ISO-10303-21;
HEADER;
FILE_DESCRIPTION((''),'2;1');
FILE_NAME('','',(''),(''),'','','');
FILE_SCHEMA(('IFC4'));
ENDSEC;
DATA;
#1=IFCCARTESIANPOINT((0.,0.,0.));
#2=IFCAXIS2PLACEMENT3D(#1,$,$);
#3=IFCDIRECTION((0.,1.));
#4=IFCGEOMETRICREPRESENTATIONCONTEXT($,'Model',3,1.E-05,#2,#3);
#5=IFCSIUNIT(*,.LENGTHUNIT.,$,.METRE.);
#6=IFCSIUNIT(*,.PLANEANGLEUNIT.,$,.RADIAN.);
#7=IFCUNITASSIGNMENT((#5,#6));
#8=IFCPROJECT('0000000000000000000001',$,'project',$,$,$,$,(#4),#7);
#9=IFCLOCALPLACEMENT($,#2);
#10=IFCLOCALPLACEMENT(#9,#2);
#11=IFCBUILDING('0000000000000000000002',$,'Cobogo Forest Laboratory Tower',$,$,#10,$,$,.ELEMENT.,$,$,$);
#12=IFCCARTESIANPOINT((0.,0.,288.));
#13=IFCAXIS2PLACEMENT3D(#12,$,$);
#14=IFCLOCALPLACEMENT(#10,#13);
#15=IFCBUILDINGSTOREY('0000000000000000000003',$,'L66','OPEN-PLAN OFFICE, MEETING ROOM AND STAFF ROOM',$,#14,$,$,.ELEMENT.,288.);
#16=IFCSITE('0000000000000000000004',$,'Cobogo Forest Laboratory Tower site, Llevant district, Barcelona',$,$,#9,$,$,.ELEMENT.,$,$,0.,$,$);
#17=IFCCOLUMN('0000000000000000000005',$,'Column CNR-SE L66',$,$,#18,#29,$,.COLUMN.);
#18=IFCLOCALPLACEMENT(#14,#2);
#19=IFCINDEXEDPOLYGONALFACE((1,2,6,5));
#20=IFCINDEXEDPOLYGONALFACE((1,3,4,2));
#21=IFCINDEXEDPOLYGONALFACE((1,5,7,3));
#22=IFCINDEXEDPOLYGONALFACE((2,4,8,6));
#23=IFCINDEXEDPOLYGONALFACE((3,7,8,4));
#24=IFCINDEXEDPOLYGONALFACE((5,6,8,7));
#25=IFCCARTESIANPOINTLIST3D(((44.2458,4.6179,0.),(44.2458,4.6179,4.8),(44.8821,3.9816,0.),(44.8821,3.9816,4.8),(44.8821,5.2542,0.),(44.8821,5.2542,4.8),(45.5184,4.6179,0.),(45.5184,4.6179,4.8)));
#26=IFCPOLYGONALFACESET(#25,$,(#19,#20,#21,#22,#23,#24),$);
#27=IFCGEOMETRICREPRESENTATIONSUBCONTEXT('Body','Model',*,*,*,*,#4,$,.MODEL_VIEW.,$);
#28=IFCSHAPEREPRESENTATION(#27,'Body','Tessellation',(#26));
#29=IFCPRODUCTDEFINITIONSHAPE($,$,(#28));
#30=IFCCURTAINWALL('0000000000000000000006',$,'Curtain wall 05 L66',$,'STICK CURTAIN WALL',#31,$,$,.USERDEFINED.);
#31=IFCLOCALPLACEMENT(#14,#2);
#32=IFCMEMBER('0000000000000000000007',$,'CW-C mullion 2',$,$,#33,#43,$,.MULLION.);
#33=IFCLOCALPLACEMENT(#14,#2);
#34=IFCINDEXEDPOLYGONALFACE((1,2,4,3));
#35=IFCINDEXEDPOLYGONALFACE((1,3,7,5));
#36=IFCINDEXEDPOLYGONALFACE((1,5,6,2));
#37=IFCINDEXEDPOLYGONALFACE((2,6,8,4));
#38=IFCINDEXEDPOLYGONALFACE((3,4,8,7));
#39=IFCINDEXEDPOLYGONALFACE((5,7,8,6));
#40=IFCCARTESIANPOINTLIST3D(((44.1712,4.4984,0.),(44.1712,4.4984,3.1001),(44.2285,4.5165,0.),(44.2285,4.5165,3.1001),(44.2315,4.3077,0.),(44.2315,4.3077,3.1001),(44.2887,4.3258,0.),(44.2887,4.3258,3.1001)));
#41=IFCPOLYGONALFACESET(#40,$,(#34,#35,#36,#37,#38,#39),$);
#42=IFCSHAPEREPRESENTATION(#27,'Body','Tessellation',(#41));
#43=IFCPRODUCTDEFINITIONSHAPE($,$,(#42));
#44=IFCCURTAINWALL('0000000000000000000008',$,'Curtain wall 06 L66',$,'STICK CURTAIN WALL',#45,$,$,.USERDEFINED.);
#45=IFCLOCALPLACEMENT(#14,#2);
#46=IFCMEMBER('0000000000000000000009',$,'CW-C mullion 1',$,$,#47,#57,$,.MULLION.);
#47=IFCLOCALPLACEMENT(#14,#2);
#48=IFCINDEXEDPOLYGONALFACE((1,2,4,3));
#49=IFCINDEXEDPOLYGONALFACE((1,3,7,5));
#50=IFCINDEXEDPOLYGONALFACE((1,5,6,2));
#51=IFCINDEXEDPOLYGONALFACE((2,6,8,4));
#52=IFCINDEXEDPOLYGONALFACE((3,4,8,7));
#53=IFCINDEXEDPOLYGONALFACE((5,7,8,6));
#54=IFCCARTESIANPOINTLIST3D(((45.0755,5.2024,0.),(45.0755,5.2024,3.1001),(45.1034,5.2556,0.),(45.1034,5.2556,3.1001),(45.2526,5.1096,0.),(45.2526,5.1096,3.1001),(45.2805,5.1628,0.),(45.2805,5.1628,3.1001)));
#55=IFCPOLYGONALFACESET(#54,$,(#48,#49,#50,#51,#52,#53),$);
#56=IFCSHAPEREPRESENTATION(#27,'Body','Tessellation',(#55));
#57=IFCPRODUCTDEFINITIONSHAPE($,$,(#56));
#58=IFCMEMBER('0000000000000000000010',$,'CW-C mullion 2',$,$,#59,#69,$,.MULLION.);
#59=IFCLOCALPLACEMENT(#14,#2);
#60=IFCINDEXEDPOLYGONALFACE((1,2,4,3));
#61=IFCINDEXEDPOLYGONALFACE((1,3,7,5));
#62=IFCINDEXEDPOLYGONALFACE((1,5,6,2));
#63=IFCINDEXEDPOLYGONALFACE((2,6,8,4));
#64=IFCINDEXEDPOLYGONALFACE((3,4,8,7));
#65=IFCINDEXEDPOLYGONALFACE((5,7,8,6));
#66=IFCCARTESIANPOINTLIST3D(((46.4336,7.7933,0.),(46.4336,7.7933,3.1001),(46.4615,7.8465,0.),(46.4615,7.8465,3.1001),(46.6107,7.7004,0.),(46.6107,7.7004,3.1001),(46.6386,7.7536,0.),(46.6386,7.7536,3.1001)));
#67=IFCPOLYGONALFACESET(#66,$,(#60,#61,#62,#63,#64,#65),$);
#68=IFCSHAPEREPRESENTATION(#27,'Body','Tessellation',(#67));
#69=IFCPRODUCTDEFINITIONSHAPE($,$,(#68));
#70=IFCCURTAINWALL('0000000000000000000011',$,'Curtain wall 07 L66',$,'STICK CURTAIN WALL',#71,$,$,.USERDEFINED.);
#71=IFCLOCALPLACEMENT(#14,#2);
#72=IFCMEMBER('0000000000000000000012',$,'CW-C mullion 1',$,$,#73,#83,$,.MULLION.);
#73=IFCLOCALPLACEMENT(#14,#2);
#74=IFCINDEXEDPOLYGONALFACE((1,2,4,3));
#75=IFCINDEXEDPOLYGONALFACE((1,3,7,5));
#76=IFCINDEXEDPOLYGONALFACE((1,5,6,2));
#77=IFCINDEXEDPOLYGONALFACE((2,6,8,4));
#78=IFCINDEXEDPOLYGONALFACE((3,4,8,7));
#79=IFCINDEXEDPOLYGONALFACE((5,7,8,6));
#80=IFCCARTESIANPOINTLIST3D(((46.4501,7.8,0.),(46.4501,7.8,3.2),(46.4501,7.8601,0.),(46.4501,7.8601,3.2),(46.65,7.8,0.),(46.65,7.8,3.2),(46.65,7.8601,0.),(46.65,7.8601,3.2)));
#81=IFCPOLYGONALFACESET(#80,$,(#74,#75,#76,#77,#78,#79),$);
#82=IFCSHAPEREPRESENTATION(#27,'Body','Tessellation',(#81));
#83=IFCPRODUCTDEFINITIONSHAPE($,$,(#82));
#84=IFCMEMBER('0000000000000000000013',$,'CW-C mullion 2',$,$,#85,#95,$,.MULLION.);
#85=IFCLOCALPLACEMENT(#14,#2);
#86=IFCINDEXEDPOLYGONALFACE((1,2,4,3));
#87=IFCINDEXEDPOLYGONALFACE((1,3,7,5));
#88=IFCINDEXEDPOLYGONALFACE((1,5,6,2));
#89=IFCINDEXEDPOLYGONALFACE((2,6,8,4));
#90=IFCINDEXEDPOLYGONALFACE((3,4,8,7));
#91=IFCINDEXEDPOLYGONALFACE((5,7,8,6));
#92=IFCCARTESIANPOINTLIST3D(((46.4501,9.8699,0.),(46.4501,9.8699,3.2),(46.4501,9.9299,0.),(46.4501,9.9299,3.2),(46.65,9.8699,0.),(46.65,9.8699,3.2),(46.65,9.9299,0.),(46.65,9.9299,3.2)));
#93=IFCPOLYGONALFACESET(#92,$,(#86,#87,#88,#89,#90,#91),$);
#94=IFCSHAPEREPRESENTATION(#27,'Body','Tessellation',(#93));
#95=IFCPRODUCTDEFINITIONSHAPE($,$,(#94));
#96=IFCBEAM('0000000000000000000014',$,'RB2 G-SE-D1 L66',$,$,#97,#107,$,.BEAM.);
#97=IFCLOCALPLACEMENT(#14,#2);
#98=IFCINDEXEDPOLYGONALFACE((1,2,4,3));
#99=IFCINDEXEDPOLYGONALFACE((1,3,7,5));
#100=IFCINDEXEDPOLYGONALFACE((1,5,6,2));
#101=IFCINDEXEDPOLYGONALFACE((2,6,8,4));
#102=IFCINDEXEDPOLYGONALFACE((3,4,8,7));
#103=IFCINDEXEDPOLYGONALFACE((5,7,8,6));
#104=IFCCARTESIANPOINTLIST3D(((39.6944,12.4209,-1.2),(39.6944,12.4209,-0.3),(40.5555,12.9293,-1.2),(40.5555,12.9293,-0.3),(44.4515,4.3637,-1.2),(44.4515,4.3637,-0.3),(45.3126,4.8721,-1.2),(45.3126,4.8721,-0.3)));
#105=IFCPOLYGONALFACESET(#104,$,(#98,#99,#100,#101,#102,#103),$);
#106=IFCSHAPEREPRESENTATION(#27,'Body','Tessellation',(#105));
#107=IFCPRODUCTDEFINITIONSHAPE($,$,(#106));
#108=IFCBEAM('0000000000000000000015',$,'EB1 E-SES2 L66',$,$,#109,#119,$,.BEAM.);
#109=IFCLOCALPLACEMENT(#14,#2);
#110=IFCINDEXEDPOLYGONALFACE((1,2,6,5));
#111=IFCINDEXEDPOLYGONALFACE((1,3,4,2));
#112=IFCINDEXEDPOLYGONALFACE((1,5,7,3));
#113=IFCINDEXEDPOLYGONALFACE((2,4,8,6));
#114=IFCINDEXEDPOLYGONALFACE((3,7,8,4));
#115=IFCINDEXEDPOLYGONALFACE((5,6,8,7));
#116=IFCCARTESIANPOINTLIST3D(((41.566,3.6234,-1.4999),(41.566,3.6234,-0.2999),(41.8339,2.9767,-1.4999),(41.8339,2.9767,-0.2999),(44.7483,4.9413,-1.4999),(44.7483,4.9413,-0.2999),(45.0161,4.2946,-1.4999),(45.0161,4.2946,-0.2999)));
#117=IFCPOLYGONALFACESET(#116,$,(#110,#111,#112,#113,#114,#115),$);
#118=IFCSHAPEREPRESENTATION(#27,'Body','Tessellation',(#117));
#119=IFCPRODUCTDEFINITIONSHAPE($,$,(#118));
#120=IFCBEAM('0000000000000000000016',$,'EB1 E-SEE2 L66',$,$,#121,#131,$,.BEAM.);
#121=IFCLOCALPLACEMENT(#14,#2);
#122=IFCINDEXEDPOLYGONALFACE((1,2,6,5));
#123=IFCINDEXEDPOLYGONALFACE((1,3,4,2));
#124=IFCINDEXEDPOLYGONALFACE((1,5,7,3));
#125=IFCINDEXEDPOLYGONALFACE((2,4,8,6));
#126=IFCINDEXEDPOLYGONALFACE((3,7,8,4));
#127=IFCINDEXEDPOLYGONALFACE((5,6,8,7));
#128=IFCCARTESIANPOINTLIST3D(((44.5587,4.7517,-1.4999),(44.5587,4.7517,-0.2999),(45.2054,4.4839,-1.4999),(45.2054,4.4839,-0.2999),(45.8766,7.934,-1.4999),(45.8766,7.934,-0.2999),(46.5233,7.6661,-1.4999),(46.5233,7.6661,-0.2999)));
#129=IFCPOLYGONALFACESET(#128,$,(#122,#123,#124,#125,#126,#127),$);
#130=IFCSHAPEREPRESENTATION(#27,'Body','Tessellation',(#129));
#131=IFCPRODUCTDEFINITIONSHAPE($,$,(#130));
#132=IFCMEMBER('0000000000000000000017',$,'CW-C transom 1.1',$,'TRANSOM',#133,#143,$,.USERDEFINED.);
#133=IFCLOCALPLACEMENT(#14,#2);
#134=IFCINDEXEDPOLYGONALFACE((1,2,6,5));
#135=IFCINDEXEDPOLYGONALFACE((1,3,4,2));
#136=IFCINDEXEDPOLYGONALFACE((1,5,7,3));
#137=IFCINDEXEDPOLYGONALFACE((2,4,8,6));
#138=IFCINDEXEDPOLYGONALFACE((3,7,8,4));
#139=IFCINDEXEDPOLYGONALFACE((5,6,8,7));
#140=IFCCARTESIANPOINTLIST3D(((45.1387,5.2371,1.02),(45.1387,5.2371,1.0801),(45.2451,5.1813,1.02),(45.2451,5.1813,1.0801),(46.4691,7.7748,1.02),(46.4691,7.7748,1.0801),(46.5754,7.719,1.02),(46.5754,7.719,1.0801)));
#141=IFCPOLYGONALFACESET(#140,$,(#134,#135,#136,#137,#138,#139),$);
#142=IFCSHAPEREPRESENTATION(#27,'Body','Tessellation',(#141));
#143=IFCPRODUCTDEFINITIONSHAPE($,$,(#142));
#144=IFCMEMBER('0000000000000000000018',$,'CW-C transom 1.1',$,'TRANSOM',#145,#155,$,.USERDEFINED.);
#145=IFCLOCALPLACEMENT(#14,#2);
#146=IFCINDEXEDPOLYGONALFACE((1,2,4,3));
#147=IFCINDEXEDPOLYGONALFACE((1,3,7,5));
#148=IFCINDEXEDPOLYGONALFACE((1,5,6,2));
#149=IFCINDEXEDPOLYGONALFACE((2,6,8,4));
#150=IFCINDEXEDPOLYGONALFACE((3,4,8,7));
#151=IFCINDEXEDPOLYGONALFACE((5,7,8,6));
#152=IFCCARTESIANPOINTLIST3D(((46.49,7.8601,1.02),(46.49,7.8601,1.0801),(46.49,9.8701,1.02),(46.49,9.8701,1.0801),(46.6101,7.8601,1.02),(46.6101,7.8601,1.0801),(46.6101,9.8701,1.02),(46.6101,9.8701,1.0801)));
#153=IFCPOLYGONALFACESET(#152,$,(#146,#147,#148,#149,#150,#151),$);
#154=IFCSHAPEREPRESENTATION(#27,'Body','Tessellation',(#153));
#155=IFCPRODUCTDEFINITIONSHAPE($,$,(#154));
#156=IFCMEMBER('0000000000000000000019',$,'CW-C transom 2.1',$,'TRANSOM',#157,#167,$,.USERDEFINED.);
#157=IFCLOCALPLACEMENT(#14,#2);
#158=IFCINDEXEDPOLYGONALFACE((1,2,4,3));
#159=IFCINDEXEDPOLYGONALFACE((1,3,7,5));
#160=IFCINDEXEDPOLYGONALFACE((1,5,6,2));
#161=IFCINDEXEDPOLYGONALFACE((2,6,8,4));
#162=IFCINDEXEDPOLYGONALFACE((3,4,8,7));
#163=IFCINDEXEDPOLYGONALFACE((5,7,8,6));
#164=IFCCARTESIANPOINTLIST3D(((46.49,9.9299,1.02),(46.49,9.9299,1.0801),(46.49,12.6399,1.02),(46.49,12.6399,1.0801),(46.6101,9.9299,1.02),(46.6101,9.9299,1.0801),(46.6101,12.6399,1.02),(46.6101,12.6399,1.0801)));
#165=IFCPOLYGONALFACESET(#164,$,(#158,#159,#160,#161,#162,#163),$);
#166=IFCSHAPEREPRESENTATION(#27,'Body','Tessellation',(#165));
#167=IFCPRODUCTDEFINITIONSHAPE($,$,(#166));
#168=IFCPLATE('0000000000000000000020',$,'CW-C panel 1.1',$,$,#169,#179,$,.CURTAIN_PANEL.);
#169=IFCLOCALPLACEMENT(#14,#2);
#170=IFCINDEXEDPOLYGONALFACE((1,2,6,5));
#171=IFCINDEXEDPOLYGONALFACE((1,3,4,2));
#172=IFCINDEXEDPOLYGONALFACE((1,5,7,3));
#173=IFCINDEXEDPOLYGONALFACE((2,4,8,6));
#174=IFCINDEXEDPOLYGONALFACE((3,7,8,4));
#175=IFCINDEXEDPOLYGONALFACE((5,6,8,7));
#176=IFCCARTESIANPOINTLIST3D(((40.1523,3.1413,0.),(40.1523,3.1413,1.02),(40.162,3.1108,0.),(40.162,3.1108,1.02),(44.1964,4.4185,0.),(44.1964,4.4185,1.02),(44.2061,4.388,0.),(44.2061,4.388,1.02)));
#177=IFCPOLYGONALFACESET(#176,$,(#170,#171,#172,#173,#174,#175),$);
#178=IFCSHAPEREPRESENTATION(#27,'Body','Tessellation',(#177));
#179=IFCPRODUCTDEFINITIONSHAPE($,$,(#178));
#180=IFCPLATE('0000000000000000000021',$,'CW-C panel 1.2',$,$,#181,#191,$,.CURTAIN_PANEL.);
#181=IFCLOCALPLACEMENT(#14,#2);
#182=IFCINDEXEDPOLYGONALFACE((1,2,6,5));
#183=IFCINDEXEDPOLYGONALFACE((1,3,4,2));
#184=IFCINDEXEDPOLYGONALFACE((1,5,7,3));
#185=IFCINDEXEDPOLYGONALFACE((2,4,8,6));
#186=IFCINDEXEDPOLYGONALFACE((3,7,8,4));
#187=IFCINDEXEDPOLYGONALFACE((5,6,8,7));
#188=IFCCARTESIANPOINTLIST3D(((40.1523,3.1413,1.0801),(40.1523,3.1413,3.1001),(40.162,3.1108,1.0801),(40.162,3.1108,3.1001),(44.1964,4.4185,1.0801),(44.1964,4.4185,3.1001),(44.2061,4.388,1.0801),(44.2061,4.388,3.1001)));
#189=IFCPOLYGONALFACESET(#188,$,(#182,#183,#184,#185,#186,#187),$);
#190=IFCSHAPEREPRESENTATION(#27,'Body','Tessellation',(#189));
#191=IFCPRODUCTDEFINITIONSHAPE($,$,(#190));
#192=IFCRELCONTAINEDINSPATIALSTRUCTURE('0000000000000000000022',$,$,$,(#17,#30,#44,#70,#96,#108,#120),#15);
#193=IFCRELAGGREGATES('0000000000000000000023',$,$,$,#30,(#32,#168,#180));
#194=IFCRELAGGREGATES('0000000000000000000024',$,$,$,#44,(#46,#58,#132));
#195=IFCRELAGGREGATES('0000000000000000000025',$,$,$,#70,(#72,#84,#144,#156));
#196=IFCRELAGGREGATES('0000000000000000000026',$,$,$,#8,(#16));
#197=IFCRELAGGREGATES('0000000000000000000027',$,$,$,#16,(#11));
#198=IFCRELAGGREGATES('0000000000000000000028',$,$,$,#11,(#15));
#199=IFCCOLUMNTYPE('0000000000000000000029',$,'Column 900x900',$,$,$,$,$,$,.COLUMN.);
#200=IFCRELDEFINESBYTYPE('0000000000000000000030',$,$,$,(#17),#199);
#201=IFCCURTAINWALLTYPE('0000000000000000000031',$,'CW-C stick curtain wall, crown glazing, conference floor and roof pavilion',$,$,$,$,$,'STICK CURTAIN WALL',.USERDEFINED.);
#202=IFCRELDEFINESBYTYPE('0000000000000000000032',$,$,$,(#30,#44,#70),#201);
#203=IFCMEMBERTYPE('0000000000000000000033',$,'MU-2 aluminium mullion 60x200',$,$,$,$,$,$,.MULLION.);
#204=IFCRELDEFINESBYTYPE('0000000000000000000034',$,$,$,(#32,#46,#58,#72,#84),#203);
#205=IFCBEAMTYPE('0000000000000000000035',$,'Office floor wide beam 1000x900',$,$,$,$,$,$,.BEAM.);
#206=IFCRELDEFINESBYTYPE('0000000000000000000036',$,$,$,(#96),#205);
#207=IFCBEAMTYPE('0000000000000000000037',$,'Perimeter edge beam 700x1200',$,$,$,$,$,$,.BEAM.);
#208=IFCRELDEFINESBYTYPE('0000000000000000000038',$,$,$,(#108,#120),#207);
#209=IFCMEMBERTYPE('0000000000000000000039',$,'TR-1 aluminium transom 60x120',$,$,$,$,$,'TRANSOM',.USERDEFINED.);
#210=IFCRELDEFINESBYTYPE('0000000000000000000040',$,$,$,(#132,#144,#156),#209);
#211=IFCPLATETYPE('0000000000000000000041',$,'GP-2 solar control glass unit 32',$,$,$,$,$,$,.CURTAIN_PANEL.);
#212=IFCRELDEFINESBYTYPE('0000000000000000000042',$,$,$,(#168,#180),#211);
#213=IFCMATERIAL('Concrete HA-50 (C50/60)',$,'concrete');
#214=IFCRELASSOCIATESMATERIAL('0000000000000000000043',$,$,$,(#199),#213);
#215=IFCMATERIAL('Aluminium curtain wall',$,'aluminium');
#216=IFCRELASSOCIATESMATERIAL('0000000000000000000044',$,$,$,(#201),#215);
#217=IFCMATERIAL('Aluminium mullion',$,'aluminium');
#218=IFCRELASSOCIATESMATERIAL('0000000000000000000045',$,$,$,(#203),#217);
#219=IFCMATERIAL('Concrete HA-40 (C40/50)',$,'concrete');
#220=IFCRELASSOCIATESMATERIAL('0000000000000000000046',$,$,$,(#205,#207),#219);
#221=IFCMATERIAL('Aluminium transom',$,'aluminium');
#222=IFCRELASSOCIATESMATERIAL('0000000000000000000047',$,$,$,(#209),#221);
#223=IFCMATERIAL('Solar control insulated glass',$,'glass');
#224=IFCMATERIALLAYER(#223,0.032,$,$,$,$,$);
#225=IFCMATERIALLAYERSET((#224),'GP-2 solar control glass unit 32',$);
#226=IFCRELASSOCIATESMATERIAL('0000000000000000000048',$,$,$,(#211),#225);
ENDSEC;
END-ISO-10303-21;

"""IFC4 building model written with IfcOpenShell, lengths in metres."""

from ifc_helpers import new_model, si_unit, direction, frame, origin, origin_2d, place, context, subcontext, project, spatial, rectangle, extrude, material, layer, layer_set, material_profile, profile_set, type_object, element, aggregate, save


model = new_model("IFC4")

# Units and contexts
model_context = context("Model", 3, precision=1e-05, world=origin(), true_north=direction((0.0, 1.0)))
body_context = subcontext(model_context, "Body", "Model", "MODEL_VIEW")
ifc_project = project(units=[si_unit("LENGTHUNIT", "METRE"), si_unit("PLANEANGLEUNIT", "RADIAN")], contexts=[model_context])

# Site, building, storey
site_placement = place(None, origin())
site = spatial("IfcSite", under=ifc_project, at=site_placement, Name="Cobogo Forest Laboratory Tower site, Llevant district, Barcelona", CompositionType="ELEMENT", RefElevation=0.0)
building_placement = place(site_placement, origin())
building = spatial("IfcBuilding", under=site, at=building_placement, Name="Cobogo Forest Laboratory Tower", CompositionType="ELEMENT")
storey_placement = place(building_placement, frame((0.0, 0.0, 288.0)))
storey = spatial("IfcBuildingStorey", under=building, at=storey_placement, Name="L66", Description="OPEN-PLAN OFFICE, MEETING ROOM AND STAFF ROOM", CompositionType="ELEMENT", Elevation=288.0)

# Column
ifc_material_1 = material(Name="Concrete HA-50 (C50/60)", Category="concrete")
ifc_material_profile_1 = material_profile(ifc_material_1, rectangle(XDim=0.8999, YDim=0.8999, at=origin_2d()), Name="RC 900x900")
ifc_profile_set_1 = profile_set([ifc_material_profile_1], Name="Concrete HA-50 (C50/60)")
column_type = type_object("IfcColumnType", Name="Column 900x900", PredefinedType="COLUMN", material=ifc_profile_set_1)
column_placement = place(storey_placement, frame((44.8821, 4.6179, 0.0), z_axis=(0.0, 0.0, 1.0), x_axis=(0.707107, 0.707107, 0.0)))
element("IfcColumn", 1, at=column_placement, inside=storey, type_object=column_type, Name="Column CNR-SE L66", PredefinedType="COLUMN", context=body_context, shape_type="SweptSolid", body=[
    extrude(rectangle(XDim=0.8999, YDim=0.8999, at=origin_2d()), origin(), (0.0, 0.0, 1.0), 4.8),
])

# Curtain wall, member
ifc_material_2 = material(Name="Aluminium curtain wall", Category="aluminium")
curtain_wall_type = type_object("IfcCurtainWallType", Name="CW-C stick curtain wall, crown glazing, conference floor and roof pavilion", ElementType="STICK CURTAIN WALL", PredefinedType="USERDEFINED", material=ifc_material_2)
curtain_wall_1_placement = place(storey_placement, origin())
curtain_wall_1 = element("IfcCurtainWall", 2, at=curtain_wall_1_placement, inside=storey, type_object=curtain_wall_type, Name="Curtain wall 05 L66", ObjectType="STICK CURTAIN WALL", PredefinedType="USERDEFINED")
ifc_material_3 = material(Name="Aluminium mullion", Category="aluminium")
ifc_material_profile_2 = material_profile(ifc_material_3, rectangle(XDim=0.0601, YDim=0.2, at=origin_2d()), Name="AL 60x200")
ifc_profile_set_2 = profile_set([ifc_material_profile_2], Name="Aluminium mullion")
member_type_1 = type_object("IfcMemberType", Name="MU-2 aluminium mullion 60x200", PredefinedType="MULLION", material=ifc_profile_set_2)
member_1_placement = place(storey_placement, frame((44.23, 4.4121, 0.0), z_axis=(0.0, 0.0, 1.0), x_axis=(0.953581, 0.301135, 0.0)))
member_1 = element("IfcMember", 3, at=member_1_placement, type_object=member_type_1, Name="CW-C mullion 2", PredefinedType="MULLION", context=body_context, shape_type="SweptSolid", body=[
    extrude(rectangle(XDim=0.0601, YDim=0.2, at=origin_2d()), origin(), (0.0, 0.0, 1.0), 3.1001),
])

# Curtain walls, members
curtain_wall_2_placement = place(storey_placement, origin())
curtain_wall_2 = element("IfcCurtainWall", 4, at=curtain_wall_2_placement, inside=storey, type_object=curtain_wall_type, Name="Curtain wall 06 L66", ObjectType="STICK CURTAIN WALL", PredefinedType="USERDEFINED")
member_2_placement = place(storey_placement, frame((45.178, 5.1826, 0.0), z_axis=(0.0, 0.0, 1.0), x_axis=(0.464284, 0.885686, 0.0)))
member_2 = element("IfcMember", 5, at=member_2_placement, type_object=member_type_1, Name="CW-C mullion 1", PredefinedType="MULLION", context=body_context, shape_type="SweptSolid", body=[
    extrude(rectangle(XDim=0.0601, YDim=0.2, at=origin_2d()), origin(), (0.0, 0.0, 1.0), 3.1001),
])
member_3_placement = place(storey_placement, frame((46.5361, 7.7734, 0.0), z_axis=(0.0, 0.0, 1.0), x_axis=(0.464284, 0.885686, 0.0)))
member_3 = element("IfcMember", 6, at=member_3_placement, type_object=member_type_1, Name="CW-C mullion 2", PredefinedType="MULLION", context=body_context, shape_type="SweptSolid", body=[
    extrude(rectangle(XDim=0.0601, YDim=0.2, at=origin_2d()), origin(), (0.0, 0.0, 1.0), 3.1001),
])
curtain_wall_3_placement = place(storey_placement, origin())
curtain_wall_3 = element("IfcCurtainWall", 7, at=curtain_wall_3_placement, inside=storey, type_object=curtain_wall_type, Name="Curtain wall 07 L66", ObjectType="STICK CURTAIN WALL", PredefinedType="USERDEFINED")
member_4_placement = place(storey_placement, frame((46.55, 7.8301, 0.0), z_axis=(0.0, 0.0, 1.0), x_axis=(0.0, 1.0, 0.0)))
member_4 = element("IfcMember", 8, at=member_4_placement, type_object=member_type_1, Name="CW-C mullion 1", PredefinedType="MULLION", context=body_context, shape_type="SweptSolid", body=[
    extrude(rectangle(XDim=0.0601, YDim=0.2, at=origin_2d()), origin(), (0.0, 0.0, 1.0), 3.2),
])
member_5_placement = place(storey_placement, frame((46.55, 9.8999, 0.0), z_axis=(0.0, 0.0, 1.0), x_axis=(0.0, 1.0, 0.0)))
member_5 = element("IfcMember", 9, at=member_5_placement, type_object=member_type_1, Name="CW-C mullion 2", PredefinedType="MULLION", context=body_context, shape_type="SweptSolid", body=[
    extrude(rectangle(XDim=0.0601, YDim=0.2, at=origin_2d()), origin(), (0.0, 0.0, 1.0), 3.2),
])

# Beams
ifc_material_4 = material(Name="Concrete HA-40 (C40/50)", Category="concrete")
ifc_material_profile_3 = material_profile(ifc_material_4, rectangle(XDim=1.0, YDim=0.8999, at=origin_2d()), Name="RC 1000x900")
ifc_profile_set_3 = profile_set([ifc_material_profile_3], Name="Concrete HA-40 (C40/50)")
beam_type_1 = type_object("IfcBeamType", Name="Office floor wide beam 1000x900", PredefinedType="BEAM", material=ifc_profile_set_3)
beam_placement = place(storey_placement, frame((44.8821, 4.6179, -0.75), z_axis=(-0.508416, 0.861111, 0.0), x_axis=(-0.861111, -0.508416, 0.0)))
element("IfcBeam", 10, at=beam_placement, inside=storey, type_object=beam_type_1, Name="RB2 G-SE-D1 L66", PredefinedType="BEAM", context=body_context, shape_type="SweptSolid", body=[
    extrude(rectangle(XDim=1.0, YDim=0.8999, at=origin_2d()), origin(), (0.0, 0.0, 1.0), 9.3567),
])
ifc_material_profile_4 = material_profile(ifc_material_4, rectangle(XDim=0.7, YDim=1.2, at=origin_2d()), Name="RC 700x1200")
ifc_profile_set_4 = profile_set([ifc_material_profile_4], Name="Concrete HA-40 (C40/50)")
beam_type_2 = type_object("IfcBeamType", Name="Perimeter edge beam 700x1200", PredefinedType="BEAM", material=ifc_profile_set_4)
for number, where, z_axis, x_axis, name in (
    (11, (41.7, 3.3, -0.8999), (0.923901, 0.382631, 0.0), (-0.382631, 0.923901, 0.0), "EB1 E-SES2 L66"),
    (12, (46.2, 7.8, -0.8999), (-0.382631, -0.923901, 0.0), (0.923901, -0.382631, 0.0), "EB1 E-SEE2 L66"),
):
    element("IfcBeam", number, at=place(storey_placement, frame(where, z_axis=z_axis, x_axis=x_axis)), inside=storey, type_object=beam_type_2, Name=name, PredefinedType="BEAM", context=body_context, shape_type="SweptSolid", body=[
        extrude(rectangle(XDim=0.7, YDim=1.2, at=origin_2d()), origin(), (0.0, 0.0, 1.0), 3.4443),
    ])

# Members
ifc_material_5 = material(Name="Aluminium transom", Category="aluminium")
ifc_material_profile_5 = material_profile(ifc_material_5, rectangle(XDim=0.1201, YDim=0.0601, at=origin_2d()), Name="AL 60x120")
ifc_profile_set_5 = profile_set([ifc_material_profile_5], Name="Aluminium transom")
member_type_2 = type_object("IfcMemberType", Name="TR-1 aluminium transom 60x120", ElementType="TRANSOM", PredefinedType="USERDEFINED", material=ifc_profile_set_5)
member_6_placement = place(storey_placement, frame((45.1919, 5.2092, 1.05), z_axis=(0.464309, 0.885673, 0.0), x_axis=(-0.885673, 0.464309, 0.0)))
member_6 = element("IfcMember", 13, at=member_6_placement, type_object=member_type_2, Name="CW-C transom 1.1", ObjectType="TRANSOM", PredefinedType="USERDEFINED", context=body_context, shape_type="SweptSolid", body=[
    extrude(rectangle(XDim=0.1201, YDim=0.0601, at=origin_2d()), origin(), (0.0, 0.0, 1.0), 2.8652),
])
member_7_placement = place(storey_placement, frame((46.55, 7.8601, 1.05), z_axis=(0.0, 1.0, 0.0), x_axis=(-1.0, 0.0, 0.0)))
member_7 = element("IfcMember", 14, at=member_7_placement, type_object=member_type_2, Name="CW-C transom 1.1", ObjectType="TRANSOM", PredefinedType="USERDEFINED", context=body_context, shape_type="SweptSolid", body=[
    extrude(rectangle(XDim=0.1201, YDim=0.0601, at=origin_2d()), origin(), (0.0, 0.0, 1.0), 2.01),
])
member_8_placement = place(storey_placement, frame((46.55, 9.9299, 1.05), z_axis=(0.0, 1.0, 0.0), x_axis=(-1.0, 0.0, 0.0)))
member_8 = element("IfcMember", 15, at=member_8_placement, type_object=member_type_2, Name="CW-C transom 2.1", ObjectType="TRANSOM", PredefinedType="USERDEFINED", context=body_context, shape_type="SweptSolid", body=[
    extrude(rectangle(XDim=0.1201, YDim=0.0601, at=origin_2d()), origin(), (0.0, 0.0, 1.0), 2.71),
])

# Plates
ifc_material_6 = material(Name="Solar control insulated glass", Category="glass")
ifc_layer_1 = layer(ifc_material_6, 0.032)
ifc_layer_set_1 = layer_set([ifc_layer_1], Name="GP-2 solar control glass unit 32")
plate_type = type_object("IfcPlateType", Name="GP-2 solar control glass unit 32", PredefinedType="CURTAIN_PANEL", material=ifc_layer_set_1)
plate_1_placement = place(storey_placement, frame((42.1792, 3.7646, 0.0), z_axis=(0.0, 0.0, 1.0), x_axis=(0.953581, 0.301135, 0.0)))
plate_1 = element("IfcPlate", 16, at=plate_1_placement, type_object=plate_type, Name="CW-C panel 1.1", PredefinedType="CURTAIN_PANEL", context=body_context, shape_type="SweptSolid", body=[
    extrude(rectangle(XDim=4.241, YDim=0.032, at=origin_2d()), origin(), (0.0, 0.0, 1.0), 1.02),
])
plate_2_placement = place(storey_placement, frame((42.1792, 3.7646, 1.0801), z_axis=(0.0, 0.0, 1.0), x_axis=(0.953581, 0.301135, 0.0)))
plate_2 = element("IfcPlate", 17, at=plate_2_placement, type_object=plate_type, Name="CW-C panel 1.2", PredefinedType="CURTAIN_PANEL", context=body_context, shape_type="SweptSolid", body=[
    extrude(rectangle(XDim=4.241, YDim=0.032, at=origin_2d()), origin(), (0.0, 0.0, 1.0), 2.02),
])
aggregate(curtain_wall_1, [member_1, plate_1, plate_2])
aggregate(curtain_wall_2, [member_2, member_3, member_6])
aggregate(curtain_wall_3, [member_4, member_5, member_7, member_8])

save(model, "model.ifc")
